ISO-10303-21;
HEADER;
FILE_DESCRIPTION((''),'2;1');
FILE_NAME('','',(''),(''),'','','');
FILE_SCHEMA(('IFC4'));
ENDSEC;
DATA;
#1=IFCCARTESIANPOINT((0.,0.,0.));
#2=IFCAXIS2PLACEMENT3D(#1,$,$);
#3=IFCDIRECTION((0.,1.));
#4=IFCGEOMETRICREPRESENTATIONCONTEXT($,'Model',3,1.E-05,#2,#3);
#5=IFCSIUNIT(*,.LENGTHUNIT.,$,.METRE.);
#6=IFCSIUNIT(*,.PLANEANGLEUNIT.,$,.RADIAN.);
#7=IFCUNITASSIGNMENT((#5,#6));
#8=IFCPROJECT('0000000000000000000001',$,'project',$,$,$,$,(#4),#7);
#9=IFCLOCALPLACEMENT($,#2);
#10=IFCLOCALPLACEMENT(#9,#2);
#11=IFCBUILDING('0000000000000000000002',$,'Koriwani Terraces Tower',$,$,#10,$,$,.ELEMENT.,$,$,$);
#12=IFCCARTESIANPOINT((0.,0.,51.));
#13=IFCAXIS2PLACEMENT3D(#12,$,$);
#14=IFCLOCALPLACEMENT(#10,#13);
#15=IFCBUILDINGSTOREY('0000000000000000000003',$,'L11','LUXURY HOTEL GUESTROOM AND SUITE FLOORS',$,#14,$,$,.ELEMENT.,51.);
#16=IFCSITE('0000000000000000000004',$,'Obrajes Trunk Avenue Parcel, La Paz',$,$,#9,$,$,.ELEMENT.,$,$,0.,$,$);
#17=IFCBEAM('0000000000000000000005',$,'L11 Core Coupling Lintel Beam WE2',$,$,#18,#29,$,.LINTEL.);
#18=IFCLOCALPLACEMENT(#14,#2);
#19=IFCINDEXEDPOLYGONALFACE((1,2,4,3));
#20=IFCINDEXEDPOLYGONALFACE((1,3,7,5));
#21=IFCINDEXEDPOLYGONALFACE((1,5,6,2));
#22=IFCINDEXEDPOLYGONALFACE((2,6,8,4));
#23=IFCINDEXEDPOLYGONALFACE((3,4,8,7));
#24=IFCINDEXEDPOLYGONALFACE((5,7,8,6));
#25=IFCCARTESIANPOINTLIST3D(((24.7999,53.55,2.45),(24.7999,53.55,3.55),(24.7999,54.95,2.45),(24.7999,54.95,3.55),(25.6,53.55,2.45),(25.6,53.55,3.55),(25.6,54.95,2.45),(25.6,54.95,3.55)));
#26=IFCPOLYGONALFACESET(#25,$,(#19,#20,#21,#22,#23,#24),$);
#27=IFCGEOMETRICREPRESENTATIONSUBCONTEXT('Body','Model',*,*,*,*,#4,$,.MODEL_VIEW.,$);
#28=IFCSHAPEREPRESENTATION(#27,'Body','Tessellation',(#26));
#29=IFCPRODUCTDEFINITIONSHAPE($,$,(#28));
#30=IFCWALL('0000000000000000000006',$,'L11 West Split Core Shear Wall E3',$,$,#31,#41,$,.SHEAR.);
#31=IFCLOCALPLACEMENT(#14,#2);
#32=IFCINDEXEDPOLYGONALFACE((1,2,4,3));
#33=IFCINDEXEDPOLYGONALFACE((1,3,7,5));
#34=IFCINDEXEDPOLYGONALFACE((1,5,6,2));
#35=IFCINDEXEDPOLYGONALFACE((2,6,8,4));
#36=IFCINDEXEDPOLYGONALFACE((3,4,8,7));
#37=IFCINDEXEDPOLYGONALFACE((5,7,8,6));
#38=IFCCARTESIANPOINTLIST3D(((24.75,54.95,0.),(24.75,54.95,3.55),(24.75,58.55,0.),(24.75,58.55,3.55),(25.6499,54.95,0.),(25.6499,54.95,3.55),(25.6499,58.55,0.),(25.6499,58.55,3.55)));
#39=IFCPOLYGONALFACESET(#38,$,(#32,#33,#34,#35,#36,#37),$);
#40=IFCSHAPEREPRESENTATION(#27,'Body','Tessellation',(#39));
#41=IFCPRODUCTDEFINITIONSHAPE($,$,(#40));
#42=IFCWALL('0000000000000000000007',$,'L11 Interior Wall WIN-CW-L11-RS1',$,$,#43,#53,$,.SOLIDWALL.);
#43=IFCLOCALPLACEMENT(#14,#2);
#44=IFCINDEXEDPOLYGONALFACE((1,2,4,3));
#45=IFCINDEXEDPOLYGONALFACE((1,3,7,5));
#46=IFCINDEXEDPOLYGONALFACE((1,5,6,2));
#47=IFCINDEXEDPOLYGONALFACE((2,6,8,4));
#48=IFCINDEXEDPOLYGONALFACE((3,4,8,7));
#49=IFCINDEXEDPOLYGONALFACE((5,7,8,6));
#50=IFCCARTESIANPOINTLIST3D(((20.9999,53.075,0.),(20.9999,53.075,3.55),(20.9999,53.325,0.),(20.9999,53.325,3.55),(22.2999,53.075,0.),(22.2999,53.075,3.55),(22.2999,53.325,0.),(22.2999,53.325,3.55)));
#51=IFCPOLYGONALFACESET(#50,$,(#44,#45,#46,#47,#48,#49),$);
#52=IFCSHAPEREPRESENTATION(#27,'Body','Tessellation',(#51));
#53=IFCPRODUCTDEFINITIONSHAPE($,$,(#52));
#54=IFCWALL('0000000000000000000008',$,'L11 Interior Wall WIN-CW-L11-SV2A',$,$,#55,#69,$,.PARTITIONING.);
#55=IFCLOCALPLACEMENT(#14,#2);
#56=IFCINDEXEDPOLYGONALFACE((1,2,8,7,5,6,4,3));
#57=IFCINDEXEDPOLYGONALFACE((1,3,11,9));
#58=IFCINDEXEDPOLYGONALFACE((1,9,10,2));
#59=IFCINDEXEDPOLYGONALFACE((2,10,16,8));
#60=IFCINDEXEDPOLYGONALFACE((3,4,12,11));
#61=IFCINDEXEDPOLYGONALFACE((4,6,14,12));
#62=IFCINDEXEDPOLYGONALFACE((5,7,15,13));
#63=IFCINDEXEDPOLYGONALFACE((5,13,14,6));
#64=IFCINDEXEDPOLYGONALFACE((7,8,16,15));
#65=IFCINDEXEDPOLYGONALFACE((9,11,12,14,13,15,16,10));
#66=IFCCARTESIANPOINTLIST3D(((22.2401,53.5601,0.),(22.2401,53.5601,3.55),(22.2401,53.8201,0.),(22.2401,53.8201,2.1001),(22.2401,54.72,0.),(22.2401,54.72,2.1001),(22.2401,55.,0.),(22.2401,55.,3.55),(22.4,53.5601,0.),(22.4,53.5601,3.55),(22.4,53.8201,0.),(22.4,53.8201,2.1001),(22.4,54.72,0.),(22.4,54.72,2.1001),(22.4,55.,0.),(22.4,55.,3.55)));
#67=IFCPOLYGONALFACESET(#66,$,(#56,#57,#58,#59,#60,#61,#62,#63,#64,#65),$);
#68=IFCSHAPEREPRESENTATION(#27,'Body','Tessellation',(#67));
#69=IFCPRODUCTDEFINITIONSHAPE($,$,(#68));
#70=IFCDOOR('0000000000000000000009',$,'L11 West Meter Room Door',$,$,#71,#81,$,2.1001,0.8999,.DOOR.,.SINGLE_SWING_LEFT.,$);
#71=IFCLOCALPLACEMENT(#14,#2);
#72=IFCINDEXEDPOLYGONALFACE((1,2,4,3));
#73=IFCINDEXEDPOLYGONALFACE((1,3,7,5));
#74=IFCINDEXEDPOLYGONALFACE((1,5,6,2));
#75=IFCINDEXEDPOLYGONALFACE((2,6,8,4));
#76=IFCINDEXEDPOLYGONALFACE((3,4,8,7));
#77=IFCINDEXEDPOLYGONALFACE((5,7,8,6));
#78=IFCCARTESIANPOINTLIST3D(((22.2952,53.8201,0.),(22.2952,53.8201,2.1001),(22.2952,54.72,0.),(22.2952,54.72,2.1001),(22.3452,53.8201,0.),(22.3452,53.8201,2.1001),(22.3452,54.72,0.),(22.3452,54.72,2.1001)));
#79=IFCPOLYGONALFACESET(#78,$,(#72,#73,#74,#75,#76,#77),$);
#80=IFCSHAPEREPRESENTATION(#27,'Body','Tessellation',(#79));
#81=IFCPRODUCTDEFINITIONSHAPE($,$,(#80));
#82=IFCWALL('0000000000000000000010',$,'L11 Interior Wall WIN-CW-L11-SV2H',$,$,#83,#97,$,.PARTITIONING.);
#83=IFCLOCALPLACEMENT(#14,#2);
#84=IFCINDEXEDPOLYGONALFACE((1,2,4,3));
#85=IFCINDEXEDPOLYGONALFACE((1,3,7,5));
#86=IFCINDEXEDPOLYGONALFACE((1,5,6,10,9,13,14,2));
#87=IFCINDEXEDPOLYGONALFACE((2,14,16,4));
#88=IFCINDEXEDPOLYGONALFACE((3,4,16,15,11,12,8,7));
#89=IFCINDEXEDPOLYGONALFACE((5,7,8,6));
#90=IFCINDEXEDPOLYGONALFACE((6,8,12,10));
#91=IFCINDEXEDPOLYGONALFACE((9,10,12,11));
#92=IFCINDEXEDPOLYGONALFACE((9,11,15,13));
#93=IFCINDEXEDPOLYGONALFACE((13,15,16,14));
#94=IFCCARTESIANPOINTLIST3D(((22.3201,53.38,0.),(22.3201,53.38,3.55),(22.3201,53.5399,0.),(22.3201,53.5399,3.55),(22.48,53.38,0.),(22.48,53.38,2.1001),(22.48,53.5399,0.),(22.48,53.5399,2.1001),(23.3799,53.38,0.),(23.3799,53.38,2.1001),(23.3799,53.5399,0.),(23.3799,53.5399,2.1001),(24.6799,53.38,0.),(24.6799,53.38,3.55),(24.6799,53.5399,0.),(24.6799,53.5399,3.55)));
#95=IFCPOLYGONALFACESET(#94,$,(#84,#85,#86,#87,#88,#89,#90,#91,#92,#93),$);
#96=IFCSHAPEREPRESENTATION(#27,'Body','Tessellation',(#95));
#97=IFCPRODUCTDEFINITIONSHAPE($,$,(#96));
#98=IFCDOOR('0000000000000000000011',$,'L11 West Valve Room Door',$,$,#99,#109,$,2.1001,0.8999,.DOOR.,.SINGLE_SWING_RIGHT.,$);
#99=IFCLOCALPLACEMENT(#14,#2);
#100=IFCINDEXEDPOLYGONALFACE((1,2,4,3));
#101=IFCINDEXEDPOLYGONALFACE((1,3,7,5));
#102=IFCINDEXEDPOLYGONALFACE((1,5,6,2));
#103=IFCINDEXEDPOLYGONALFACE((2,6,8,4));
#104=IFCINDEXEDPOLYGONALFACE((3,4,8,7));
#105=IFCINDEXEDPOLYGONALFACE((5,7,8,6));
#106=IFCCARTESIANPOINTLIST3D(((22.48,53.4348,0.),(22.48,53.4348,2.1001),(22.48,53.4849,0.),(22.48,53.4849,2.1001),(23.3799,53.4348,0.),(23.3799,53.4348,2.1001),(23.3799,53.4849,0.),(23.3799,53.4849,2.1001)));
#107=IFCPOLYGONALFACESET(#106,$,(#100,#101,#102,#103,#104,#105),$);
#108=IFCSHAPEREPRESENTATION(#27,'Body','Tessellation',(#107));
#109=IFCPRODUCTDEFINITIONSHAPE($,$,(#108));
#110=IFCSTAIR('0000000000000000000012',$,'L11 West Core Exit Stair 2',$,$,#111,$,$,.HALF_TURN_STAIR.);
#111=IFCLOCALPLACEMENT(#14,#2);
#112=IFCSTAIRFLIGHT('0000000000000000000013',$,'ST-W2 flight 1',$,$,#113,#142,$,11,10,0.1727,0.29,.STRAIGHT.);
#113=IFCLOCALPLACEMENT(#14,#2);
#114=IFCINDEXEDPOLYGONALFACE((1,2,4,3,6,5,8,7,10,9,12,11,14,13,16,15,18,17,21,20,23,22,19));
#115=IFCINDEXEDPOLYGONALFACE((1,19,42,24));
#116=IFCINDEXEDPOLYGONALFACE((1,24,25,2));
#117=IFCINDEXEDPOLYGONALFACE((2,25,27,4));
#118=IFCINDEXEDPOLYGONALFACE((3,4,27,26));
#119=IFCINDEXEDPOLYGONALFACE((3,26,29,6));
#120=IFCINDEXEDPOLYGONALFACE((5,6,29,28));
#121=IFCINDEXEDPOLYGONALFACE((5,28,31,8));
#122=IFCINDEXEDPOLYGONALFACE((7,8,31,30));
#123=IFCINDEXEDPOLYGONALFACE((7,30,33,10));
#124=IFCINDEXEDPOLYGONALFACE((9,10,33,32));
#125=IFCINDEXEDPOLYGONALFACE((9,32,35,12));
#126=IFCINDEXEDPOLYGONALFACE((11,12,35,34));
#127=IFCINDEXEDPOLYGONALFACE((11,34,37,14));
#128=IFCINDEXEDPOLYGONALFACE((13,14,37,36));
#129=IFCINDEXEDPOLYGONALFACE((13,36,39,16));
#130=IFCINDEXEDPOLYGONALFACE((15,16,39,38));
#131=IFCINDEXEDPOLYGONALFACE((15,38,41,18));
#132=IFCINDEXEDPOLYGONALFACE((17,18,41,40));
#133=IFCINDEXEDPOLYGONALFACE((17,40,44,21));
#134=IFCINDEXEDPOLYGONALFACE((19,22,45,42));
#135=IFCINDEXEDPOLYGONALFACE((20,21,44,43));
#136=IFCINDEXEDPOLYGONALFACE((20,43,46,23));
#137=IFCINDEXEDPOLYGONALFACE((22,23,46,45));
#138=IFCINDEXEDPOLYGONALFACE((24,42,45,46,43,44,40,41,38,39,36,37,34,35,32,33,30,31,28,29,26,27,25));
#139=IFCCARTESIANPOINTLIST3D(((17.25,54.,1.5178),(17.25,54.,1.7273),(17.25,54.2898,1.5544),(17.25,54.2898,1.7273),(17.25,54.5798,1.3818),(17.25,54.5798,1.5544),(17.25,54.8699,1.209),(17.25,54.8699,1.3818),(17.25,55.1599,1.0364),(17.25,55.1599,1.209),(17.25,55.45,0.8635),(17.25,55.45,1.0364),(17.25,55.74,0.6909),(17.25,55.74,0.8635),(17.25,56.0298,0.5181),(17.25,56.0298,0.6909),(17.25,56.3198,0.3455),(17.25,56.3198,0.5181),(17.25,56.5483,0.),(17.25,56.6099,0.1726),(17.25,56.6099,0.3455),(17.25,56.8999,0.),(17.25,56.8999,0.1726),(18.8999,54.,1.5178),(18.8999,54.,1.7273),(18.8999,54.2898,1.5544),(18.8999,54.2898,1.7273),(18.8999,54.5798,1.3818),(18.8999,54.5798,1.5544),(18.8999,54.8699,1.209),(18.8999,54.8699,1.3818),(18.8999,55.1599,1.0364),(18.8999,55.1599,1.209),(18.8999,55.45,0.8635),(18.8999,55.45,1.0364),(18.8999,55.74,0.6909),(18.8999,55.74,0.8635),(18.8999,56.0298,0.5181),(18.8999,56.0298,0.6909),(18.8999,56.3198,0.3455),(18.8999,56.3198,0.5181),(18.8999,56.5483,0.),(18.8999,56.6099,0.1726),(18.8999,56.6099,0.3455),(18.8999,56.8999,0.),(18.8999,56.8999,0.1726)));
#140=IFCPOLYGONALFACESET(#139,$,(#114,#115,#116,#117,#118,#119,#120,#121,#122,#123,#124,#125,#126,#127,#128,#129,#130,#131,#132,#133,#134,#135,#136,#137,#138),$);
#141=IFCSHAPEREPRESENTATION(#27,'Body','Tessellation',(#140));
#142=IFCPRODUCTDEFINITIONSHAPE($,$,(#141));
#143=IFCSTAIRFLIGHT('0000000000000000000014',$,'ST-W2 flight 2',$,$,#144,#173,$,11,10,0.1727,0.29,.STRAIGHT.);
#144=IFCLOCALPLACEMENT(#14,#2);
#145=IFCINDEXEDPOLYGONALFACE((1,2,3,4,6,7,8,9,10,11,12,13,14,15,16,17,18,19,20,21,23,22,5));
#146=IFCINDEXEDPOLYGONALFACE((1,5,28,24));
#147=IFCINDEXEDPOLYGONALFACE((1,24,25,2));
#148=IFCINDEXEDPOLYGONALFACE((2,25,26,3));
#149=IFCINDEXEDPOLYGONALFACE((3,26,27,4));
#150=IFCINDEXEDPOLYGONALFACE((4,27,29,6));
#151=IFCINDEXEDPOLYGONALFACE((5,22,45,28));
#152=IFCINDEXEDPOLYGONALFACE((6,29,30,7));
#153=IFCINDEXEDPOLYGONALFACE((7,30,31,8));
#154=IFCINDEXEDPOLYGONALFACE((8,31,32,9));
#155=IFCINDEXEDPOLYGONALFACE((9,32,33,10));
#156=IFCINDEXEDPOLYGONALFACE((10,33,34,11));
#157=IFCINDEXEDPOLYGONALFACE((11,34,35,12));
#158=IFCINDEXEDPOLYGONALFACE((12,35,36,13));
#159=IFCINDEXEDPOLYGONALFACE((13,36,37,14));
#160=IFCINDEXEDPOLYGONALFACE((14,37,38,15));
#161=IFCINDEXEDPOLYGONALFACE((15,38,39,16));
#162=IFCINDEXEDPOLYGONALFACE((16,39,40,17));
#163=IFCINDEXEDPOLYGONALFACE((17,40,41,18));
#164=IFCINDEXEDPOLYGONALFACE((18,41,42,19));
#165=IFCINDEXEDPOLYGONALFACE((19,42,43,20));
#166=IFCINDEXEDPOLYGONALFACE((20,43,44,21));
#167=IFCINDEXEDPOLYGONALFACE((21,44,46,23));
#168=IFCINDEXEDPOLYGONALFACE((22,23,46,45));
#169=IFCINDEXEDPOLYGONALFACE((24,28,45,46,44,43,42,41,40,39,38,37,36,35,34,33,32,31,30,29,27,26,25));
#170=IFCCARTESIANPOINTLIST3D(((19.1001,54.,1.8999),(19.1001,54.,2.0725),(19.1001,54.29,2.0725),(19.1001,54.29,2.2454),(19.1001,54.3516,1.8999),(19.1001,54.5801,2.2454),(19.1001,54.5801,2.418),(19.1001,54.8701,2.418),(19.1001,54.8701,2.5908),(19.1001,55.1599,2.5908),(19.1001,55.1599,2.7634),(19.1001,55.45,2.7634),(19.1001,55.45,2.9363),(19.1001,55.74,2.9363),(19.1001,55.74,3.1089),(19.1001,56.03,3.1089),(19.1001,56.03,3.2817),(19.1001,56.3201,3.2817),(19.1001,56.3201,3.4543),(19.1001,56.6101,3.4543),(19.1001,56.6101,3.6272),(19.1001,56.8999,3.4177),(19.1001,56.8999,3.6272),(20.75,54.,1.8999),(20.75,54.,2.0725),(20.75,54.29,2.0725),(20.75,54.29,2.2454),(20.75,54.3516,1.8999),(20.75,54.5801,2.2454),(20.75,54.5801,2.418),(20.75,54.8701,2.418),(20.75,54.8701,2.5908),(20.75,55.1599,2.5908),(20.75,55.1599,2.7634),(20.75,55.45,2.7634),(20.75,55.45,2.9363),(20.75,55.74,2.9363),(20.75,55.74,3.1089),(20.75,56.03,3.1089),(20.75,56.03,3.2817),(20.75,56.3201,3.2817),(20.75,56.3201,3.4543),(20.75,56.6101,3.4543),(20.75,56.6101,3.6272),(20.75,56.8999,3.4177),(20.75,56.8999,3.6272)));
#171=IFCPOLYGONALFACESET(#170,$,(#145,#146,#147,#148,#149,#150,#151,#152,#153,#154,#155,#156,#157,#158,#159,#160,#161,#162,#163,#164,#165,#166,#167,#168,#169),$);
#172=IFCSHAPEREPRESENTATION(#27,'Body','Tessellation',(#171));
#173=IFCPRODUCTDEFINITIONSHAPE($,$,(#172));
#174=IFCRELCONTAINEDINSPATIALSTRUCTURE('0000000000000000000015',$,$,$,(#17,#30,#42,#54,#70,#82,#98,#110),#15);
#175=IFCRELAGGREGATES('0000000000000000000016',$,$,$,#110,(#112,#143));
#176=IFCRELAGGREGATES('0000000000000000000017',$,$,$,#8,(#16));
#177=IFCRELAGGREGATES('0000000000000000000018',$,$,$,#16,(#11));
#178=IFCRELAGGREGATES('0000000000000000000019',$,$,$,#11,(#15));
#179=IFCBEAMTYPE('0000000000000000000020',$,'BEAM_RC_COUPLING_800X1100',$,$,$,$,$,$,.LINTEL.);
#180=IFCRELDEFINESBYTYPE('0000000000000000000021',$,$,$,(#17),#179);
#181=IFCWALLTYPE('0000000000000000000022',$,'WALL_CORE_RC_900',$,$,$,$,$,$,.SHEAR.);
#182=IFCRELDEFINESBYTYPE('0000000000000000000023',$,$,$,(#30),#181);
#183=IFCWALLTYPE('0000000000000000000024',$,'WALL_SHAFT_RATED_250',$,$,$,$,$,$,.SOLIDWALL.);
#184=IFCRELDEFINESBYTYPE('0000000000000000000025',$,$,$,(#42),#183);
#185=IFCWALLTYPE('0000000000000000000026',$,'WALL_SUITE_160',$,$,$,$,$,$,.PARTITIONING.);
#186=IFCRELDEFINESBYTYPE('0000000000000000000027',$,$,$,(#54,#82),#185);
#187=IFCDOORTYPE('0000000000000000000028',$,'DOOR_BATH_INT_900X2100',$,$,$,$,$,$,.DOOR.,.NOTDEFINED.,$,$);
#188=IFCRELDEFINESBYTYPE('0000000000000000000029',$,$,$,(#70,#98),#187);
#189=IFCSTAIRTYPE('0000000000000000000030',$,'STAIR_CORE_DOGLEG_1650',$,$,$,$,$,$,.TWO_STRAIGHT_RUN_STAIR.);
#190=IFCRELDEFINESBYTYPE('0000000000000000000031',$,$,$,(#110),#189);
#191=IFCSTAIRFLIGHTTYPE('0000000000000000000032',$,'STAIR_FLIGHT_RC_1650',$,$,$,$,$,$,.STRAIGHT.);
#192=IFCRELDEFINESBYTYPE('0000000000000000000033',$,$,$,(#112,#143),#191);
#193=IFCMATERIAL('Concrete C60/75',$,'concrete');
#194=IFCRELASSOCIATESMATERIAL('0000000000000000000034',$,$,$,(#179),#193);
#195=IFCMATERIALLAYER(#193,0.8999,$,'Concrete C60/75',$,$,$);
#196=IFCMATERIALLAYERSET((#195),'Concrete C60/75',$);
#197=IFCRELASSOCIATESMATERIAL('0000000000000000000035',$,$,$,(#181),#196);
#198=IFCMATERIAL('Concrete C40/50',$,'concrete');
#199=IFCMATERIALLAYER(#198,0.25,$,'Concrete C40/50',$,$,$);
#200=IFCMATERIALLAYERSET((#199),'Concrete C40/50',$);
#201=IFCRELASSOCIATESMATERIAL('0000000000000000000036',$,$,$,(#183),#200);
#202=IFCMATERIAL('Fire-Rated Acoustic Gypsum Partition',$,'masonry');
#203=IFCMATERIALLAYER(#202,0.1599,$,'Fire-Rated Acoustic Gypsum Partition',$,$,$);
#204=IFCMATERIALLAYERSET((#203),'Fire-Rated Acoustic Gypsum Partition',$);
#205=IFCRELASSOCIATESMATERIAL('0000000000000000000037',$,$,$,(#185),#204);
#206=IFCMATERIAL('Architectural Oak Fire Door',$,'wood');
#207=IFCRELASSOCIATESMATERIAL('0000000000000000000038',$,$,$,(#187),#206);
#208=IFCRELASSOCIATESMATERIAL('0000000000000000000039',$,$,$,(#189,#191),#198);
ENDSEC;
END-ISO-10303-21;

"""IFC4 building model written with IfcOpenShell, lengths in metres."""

from ifc_helpers import new_model, si_unit, direction, frame, frame_2d, origin, origin_2d, place, context, subcontext, project, spatial, polyline, rectangle, outline, extrude, material, layer, layer_set, material_profile, profile_set, type_object, element, fill, aggregate, save


model = new_model("IFC4")

# Units and contexts
model_context = context("Model", 3, precision=1e-05, world=origin(), true_north=direction((0.0, 1.0)))
body_context = subcontext(model_context, "Body", "Model", "MODEL_VIEW")
ifc_project = project(units=[si_unit("LENGTHUNIT", "METRE"), si_unit("PLANEANGLEUNIT", "RADIAN")], contexts=[model_context])

# Site, building, storey
site_placement = place(None, origin())
site = spatial("IfcSite", under=ifc_project, at=site_placement, Name="Obrajes Trunk Avenue Parcel, La Paz", CompositionType="ELEMENT", RefElevation=0.0)
building_placement = place(site_placement, origin())
building = spatial("IfcBuilding", under=site, at=building_placement, Name="Koriwani Terraces Tower", CompositionType="ELEMENT")
storey_placement = place(building_placement, frame((0.0, 0.0, 51.0)))
storey = spatial("IfcBuildingStorey", under=building, at=storey_placement, Name="L11", Description="LUXURY HOTEL GUESTROOM AND SUITE FLOORS", CompositionType="ELEMENT", Elevation=51.0)

# Beam
ifc_material_1 = material(Name="Concrete C60/75", Category="concrete")
ifc_material_profile = material_profile(ifc_material_1, rectangle(XDim=0.8, YDim=1.1001, at=origin_2d()), Name="Concrete C60/75", Category="LoadBearing")
ifc_profile_set = profile_set([ifc_material_profile], Name="Concrete C60/75")
beam_type = type_object("IfcBeamType", Name="BEAM_RC_COUPLING_800X1100", PredefinedType="LINTEL", material=ifc_profile_set)
beam_placement = place(storey_placement, frame((25.2, 53.55, 3.0), z_axis=(0.0, 1.0, 0.0), x_axis=(-1.0, 0.0, 0.0)))
element("IfcBeam", 1, at=beam_placement, inside=storey, type_object=beam_type, Name="L11 Core Coupling Lintel Beam WE2", PredefinedType="LINTEL", context=body_context, shape_type="SweptSolid", body=[
    extrude(rectangle(XDim=0.8, YDim=1.1001, at=origin_2d()), origin(), (0.0, 0.0, 1.0), 1.3999),
])

# Wall
ifc_layer_1 = layer(ifc_material_1, 0.8999, Name="Concrete C60/75")
ifc_layer_set_1 = layer_set([ifc_layer_1], Name="Concrete C60/75")
wall_type_1 = type_object("IfcWallType", Name="WALL_CORE_RC_900", PredefinedType="SHEAR", material=ifc_layer_set_1)
wall_1_placement = place(storey_placement, frame((25.2, 54.95, 0.0), z_axis=(0.0, 0.0, 1.0), x_axis=(0.0, 1.0, 0.0)))
element("IfcWall", 2, at=wall_1_placement, inside=storey, type_object=wall_type_1, Name="L11 West Split Core Shear Wall E3", PredefinedType="SHEAR", context=body_context, shape_type="SweptSolid", body=[
    extrude(rectangle(XDim=3.6001, YDim=0.8999, at=frame_2d((1.8, 0.0))), origin(), (0.0, 0.0, 1.0), 3.55),
])

# Shared definitions
ifc_material_2 = material(Name="Concrete C40/50", Category="concrete")
ifc_layer_2 = layer(ifc_material_2, 0.25, Name="Concrete C40/50")
ifc_layer_set_2 = layer_set([ifc_layer_2], Name="Concrete C40/50")
wall_type_2 = type_object("IfcWallType", Name="WALL_SHAFT_RATED_250", PredefinedType="SOLIDWALL", material=ifc_layer_set_2)

# Wall
wall_2_placement = place(storey_placement, frame((21.0, 53.2, 0.0), z_axis=(0.0, 0.0, 1.0), x_axis=(1.0, 0.0, 0.0)))
element("IfcWall", 3, at=wall_2_placement, inside=storey, type_object=wall_type_2, Name="L11 Interior Wall WIN-CW-L11-RS1", PredefinedType="SOLIDWALL", context=body_context, shape_type="SweptSolid", body=[
    extrude(rectangle(XDim=1.3, YDim=0.25, at=frame_2d((0.6499, 0.0))), origin(), (0.0, 0.0, 1.0), 3.55),
])

# Walls, openings, doors
ifc_material_3 = material(Name="Fire-Rated Acoustic Gypsum Partition", Category="masonry")
ifc_layer_3 = layer(ifc_material_3, 0.1599, Name="Fire-Rated Acoustic Gypsum Partition")
ifc_layer_set_3 = layer_set([ifc_layer_3], Name="Fire-Rated Acoustic Gypsum Partition")
wall_type_3 = type_object("IfcWallType", Name="WALL_SUITE_160", PredefinedType="PARTITIONING", material=ifc_layer_set_3)
wall_3_placement = place(storey_placement, frame((22.3201, 53.5601, 0.0), z_axis=(0.0, 0.0, 1.0), x_axis=(0.0, 1.0, 0.0)))
wall_3 = element("IfcWall", 4, at=wall_3_placement, inside=storey, type_object=wall_type_3, Name="L11 Interior Wall WIN-CW-L11-SV2A", PredefinedType="PARTITIONING", context=body_context, shape_type="SweptSolid", body=[
    extrude(rectangle(XDim=1.4399, YDim=0.1599, at=frame_2d((0.72, 0.0))), origin(), (0.0, 0.0, 1.0), 3.55),
])
opening_1_placement = place(wall_3_placement, frame((0.26, 0.0, 0.0)))
opening_1 = element("IfcOpeningElement", 5, at=opening_1_placement, cuts=wall_3, PredefinedType="OPENING", context=body_context, shape_type="SweptSolid", body=[
    extrude(rectangle(XDim=0.8999, YDim=2.1001, at=frame_2d((0.45, 1.05))), frame((0.0, 0.0898, 0.0), z_axis=(0.0, -1.0, 0.0), x_axis=(1.0, 0.0, 0.0)), (0.0, 0.0, 1.0), 0.1799),
])
ifc_material_4 = material(Name="Architectural Oak Fire Door", Category="wood")
door_type_1 = type_object("IfcDoorType", Name="DOOR_BATH_INT_900X2100", OperationType="NOTDEFINED", PredefinedType="DOOR", material=ifc_material_4)
door_1_placement = place(opening_1_placement, origin())
door_1 = element("IfcDoor", 6, at=door_1_placement, inside=storey, type_object=door_type_1, Name="L11 West Meter Room Door", OperationType="SINGLE_SWING_LEFT", OverallHeight=2.1001, OverallWidth=0.8999, PredefinedType="DOOR", context=body_context, shape_type="SweptSolid", body=[
    extrude(rectangle(XDim=0.8999, YDim=2.1001, at=frame_2d((0.45, 1.05))), frame((0.0, 0.0249, 0.0), z_axis=(0.0, -1.0, 0.0), x_axis=(1.0, 0.0, 0.0)), (0.0, 0.0, 1.0), 0.05),
])
fill(opening_1, door_1)
wall_4_placement = place(storey_placement, frame((22.3201, 53.46, 0.0), z_axis=(0.0, 0.0, 1.0), x_axis=(1.0, 0.0, 0.0)))
wall_4 = element("IfcWall", 7, at=wall_4_placement, inside=storey, type_object=wall_type_3, Name="L11 Interior Wall WIN-CW-L11-SV2H", PredefinedType="PARTITIONING", context=body_context, shape_type="SweptSolid", body=[
    extrude(rectangle(XDim=2.3599, YDim=0.1599, at=frame_2d((1.1799, 0.0))), origin(), (0.0, 0.0, 1.0), 3.55),
])
opening_2_placement = place(wall_4_placement, frame((0.1599, 0.0, 0.0)))
opening_2 = element("IfcOpeningElement", 8, at=opening_2_placement, cuts=wall_4, PredefinedType="OPENING", context=body_context, shape_type="SweptSolid", body=[
    extrude(rectangle(XDim=0.8999, YDim=2.1001, at=frame_2d((0.45, 1.05))), frame((0.0, 0.0898, 0.0), z_axis=(0.0, -1.0, 0.0), x_axis=(1.0, 0.0, 0.0)), (0.0, 0.0, 1.0), 0.1799),
])
door_2_placement = place(opening_2_placement, origin())
door_2 = element("IfcDoor", 9, at=door_2_placement, inside=storey, type_object=door_type_1, Name="L11 West Valve Room Door", OperationType="SINGLE_SWING_RIGHT", OverallHeight=2.1001, OverallWidth=0.8999, PredefinedType="DOOR", context=body_context, shape_type="SweptSolid", body=[
    extrude(rectangle(XDim=0.8999, YDim=2.1001, at=frame_2d((0.45, 1.05))), frame((0.0, 0.0249, 0.0), z_axis=(0.0, -1.0, 0.0), x_axis=(1.0, 0.0, 0.0)), (0.0, 0.0, 1.0), 0.05),
])
fill(opening_2, door_2)

# Stair, stair flights
stair_type = type_object("IfcStairType", Name="STAIR_CORE_DOGLEG_1650", PredefinedType="TWO_STRAIGHT_RUN_STAIR", material=ifc_material_2)
stair_placement = place(storey_placement, origin())
stair = element("IfcStair", 10, at=stair_placement, inside=storey, type_object=stair_type, Name="L11 West Core Exit Stair 2", PredefinedType="HALF_TURN_STAIR")
stair_flight_type = type_object("IfcStairFlightType", Name="STAIR_FLIGHT_RC_1650", PredefinedType="STRAIGHT", material=ifc_material_2)
stair_flight_1_placement = place(storey_placement, frame((18.075, 56.8999, 0.0), z_axis=(0.0, 0.0, 1.0), x_axis=(0.0, -1.0, 0.0)))
stair_flight_1 = element("IfcStairFlight", 11, at=stair_flight_1_placement, type_object=stair_flight_type, Name="ST-W2 flight 1", NumberOfRisers=11, NumberOfTreads=10, PredefinedType="STRAIGHT", RiserHeight=0.1727, TreadLength=0.29, context=body_context, shape_type="SweptSolid", body=[
    extrude(outline(polyline([(0.0, 0.0), (0.0, 0.1726), (0.29, 0.1726), (0.29, 0.3455), (0.5801, 0.3455), (0.5801, 0.5181), (0.8701, 0.5181), (0.8701, 0.6909), (1.1599, 0.6909), (1.1599, 0.8635), (1.45, 0.8635), (1.45, 1.0364), (1.74, 1.0364), (1.74, 1.209), (2.03, 1.209), (2.03, 1.3818), (2.3201, 1.3818), (2.3201, 1.5544), (2.6101, 1.5544), (2.6101, 1.7273), (2.8999, 1.7273), (2.8999, 1.8999), (2.8999, 1.5178), (0.3516, 0.0), (0.0, 0.0)])), frame((0.0, 0.825, 0.0), z_axis=(0.0, -1.0, 0.0), x_axis=(1.0, 0.0, 0.0)), (0.0, 0.0, 1.0), 1.6499),
])
stair_flight_2_placement = place(storey_placement, frame((19.925, 54.0, 1.8999), z_axis=(0.0, 0.0, 1.0), x_axis=(0.0, 1.0, 0.0)))
stair_flight_2 = element("IfcStairFlight", 12, at=stair_flight_2_placement, type_object=stair_flight_type, Name="ST-W2 flight 2", NumberOfRisers=11, NumberOfTreads=10, PredefinedType="STRAIGHT", RiserHeight=0.1727, TreadLength=0.29, context=body_context, shape_type="SweptSolid", body=[
    extrude(outline(polyline([(0.0, 0.0), (0.0, 0.1726), (0.29, 0.1726), (0.29, 0.3455), (0.5801, 0.3455), (0.5801, 0.5181), (0.8701, 0.5181), (0.8701, 0.6909), (1.1599, 0.6909), (1.1599, 0.8635), (1.45, 0.8635), (1.45, 1.0364), (1.74, 1.0364), (1.74, 1.209), (2.03, 1.209), (2.03, 1.3818), (2.3201, 1.3818), (2.3201, 1.5544), (2.6101, 1.5544), (2.6101, 1.7273), (2.8999, 1.7273), (2.8999, 1.8999), (2.8999, 1.5178), (0.3516, 0.0), (0.0, 0.0)])), frame((0.0, 0.825, 0.0), z_axis=(0.0, -1.0, 0.0), x_axis=(1.0, 0.0, 0.0)), (0.0, 0.0, 1.0), 1.6499),
])
aggregate(stair, [stair_flight_1, stair_flight_2])

save(model, "model.ifc")
